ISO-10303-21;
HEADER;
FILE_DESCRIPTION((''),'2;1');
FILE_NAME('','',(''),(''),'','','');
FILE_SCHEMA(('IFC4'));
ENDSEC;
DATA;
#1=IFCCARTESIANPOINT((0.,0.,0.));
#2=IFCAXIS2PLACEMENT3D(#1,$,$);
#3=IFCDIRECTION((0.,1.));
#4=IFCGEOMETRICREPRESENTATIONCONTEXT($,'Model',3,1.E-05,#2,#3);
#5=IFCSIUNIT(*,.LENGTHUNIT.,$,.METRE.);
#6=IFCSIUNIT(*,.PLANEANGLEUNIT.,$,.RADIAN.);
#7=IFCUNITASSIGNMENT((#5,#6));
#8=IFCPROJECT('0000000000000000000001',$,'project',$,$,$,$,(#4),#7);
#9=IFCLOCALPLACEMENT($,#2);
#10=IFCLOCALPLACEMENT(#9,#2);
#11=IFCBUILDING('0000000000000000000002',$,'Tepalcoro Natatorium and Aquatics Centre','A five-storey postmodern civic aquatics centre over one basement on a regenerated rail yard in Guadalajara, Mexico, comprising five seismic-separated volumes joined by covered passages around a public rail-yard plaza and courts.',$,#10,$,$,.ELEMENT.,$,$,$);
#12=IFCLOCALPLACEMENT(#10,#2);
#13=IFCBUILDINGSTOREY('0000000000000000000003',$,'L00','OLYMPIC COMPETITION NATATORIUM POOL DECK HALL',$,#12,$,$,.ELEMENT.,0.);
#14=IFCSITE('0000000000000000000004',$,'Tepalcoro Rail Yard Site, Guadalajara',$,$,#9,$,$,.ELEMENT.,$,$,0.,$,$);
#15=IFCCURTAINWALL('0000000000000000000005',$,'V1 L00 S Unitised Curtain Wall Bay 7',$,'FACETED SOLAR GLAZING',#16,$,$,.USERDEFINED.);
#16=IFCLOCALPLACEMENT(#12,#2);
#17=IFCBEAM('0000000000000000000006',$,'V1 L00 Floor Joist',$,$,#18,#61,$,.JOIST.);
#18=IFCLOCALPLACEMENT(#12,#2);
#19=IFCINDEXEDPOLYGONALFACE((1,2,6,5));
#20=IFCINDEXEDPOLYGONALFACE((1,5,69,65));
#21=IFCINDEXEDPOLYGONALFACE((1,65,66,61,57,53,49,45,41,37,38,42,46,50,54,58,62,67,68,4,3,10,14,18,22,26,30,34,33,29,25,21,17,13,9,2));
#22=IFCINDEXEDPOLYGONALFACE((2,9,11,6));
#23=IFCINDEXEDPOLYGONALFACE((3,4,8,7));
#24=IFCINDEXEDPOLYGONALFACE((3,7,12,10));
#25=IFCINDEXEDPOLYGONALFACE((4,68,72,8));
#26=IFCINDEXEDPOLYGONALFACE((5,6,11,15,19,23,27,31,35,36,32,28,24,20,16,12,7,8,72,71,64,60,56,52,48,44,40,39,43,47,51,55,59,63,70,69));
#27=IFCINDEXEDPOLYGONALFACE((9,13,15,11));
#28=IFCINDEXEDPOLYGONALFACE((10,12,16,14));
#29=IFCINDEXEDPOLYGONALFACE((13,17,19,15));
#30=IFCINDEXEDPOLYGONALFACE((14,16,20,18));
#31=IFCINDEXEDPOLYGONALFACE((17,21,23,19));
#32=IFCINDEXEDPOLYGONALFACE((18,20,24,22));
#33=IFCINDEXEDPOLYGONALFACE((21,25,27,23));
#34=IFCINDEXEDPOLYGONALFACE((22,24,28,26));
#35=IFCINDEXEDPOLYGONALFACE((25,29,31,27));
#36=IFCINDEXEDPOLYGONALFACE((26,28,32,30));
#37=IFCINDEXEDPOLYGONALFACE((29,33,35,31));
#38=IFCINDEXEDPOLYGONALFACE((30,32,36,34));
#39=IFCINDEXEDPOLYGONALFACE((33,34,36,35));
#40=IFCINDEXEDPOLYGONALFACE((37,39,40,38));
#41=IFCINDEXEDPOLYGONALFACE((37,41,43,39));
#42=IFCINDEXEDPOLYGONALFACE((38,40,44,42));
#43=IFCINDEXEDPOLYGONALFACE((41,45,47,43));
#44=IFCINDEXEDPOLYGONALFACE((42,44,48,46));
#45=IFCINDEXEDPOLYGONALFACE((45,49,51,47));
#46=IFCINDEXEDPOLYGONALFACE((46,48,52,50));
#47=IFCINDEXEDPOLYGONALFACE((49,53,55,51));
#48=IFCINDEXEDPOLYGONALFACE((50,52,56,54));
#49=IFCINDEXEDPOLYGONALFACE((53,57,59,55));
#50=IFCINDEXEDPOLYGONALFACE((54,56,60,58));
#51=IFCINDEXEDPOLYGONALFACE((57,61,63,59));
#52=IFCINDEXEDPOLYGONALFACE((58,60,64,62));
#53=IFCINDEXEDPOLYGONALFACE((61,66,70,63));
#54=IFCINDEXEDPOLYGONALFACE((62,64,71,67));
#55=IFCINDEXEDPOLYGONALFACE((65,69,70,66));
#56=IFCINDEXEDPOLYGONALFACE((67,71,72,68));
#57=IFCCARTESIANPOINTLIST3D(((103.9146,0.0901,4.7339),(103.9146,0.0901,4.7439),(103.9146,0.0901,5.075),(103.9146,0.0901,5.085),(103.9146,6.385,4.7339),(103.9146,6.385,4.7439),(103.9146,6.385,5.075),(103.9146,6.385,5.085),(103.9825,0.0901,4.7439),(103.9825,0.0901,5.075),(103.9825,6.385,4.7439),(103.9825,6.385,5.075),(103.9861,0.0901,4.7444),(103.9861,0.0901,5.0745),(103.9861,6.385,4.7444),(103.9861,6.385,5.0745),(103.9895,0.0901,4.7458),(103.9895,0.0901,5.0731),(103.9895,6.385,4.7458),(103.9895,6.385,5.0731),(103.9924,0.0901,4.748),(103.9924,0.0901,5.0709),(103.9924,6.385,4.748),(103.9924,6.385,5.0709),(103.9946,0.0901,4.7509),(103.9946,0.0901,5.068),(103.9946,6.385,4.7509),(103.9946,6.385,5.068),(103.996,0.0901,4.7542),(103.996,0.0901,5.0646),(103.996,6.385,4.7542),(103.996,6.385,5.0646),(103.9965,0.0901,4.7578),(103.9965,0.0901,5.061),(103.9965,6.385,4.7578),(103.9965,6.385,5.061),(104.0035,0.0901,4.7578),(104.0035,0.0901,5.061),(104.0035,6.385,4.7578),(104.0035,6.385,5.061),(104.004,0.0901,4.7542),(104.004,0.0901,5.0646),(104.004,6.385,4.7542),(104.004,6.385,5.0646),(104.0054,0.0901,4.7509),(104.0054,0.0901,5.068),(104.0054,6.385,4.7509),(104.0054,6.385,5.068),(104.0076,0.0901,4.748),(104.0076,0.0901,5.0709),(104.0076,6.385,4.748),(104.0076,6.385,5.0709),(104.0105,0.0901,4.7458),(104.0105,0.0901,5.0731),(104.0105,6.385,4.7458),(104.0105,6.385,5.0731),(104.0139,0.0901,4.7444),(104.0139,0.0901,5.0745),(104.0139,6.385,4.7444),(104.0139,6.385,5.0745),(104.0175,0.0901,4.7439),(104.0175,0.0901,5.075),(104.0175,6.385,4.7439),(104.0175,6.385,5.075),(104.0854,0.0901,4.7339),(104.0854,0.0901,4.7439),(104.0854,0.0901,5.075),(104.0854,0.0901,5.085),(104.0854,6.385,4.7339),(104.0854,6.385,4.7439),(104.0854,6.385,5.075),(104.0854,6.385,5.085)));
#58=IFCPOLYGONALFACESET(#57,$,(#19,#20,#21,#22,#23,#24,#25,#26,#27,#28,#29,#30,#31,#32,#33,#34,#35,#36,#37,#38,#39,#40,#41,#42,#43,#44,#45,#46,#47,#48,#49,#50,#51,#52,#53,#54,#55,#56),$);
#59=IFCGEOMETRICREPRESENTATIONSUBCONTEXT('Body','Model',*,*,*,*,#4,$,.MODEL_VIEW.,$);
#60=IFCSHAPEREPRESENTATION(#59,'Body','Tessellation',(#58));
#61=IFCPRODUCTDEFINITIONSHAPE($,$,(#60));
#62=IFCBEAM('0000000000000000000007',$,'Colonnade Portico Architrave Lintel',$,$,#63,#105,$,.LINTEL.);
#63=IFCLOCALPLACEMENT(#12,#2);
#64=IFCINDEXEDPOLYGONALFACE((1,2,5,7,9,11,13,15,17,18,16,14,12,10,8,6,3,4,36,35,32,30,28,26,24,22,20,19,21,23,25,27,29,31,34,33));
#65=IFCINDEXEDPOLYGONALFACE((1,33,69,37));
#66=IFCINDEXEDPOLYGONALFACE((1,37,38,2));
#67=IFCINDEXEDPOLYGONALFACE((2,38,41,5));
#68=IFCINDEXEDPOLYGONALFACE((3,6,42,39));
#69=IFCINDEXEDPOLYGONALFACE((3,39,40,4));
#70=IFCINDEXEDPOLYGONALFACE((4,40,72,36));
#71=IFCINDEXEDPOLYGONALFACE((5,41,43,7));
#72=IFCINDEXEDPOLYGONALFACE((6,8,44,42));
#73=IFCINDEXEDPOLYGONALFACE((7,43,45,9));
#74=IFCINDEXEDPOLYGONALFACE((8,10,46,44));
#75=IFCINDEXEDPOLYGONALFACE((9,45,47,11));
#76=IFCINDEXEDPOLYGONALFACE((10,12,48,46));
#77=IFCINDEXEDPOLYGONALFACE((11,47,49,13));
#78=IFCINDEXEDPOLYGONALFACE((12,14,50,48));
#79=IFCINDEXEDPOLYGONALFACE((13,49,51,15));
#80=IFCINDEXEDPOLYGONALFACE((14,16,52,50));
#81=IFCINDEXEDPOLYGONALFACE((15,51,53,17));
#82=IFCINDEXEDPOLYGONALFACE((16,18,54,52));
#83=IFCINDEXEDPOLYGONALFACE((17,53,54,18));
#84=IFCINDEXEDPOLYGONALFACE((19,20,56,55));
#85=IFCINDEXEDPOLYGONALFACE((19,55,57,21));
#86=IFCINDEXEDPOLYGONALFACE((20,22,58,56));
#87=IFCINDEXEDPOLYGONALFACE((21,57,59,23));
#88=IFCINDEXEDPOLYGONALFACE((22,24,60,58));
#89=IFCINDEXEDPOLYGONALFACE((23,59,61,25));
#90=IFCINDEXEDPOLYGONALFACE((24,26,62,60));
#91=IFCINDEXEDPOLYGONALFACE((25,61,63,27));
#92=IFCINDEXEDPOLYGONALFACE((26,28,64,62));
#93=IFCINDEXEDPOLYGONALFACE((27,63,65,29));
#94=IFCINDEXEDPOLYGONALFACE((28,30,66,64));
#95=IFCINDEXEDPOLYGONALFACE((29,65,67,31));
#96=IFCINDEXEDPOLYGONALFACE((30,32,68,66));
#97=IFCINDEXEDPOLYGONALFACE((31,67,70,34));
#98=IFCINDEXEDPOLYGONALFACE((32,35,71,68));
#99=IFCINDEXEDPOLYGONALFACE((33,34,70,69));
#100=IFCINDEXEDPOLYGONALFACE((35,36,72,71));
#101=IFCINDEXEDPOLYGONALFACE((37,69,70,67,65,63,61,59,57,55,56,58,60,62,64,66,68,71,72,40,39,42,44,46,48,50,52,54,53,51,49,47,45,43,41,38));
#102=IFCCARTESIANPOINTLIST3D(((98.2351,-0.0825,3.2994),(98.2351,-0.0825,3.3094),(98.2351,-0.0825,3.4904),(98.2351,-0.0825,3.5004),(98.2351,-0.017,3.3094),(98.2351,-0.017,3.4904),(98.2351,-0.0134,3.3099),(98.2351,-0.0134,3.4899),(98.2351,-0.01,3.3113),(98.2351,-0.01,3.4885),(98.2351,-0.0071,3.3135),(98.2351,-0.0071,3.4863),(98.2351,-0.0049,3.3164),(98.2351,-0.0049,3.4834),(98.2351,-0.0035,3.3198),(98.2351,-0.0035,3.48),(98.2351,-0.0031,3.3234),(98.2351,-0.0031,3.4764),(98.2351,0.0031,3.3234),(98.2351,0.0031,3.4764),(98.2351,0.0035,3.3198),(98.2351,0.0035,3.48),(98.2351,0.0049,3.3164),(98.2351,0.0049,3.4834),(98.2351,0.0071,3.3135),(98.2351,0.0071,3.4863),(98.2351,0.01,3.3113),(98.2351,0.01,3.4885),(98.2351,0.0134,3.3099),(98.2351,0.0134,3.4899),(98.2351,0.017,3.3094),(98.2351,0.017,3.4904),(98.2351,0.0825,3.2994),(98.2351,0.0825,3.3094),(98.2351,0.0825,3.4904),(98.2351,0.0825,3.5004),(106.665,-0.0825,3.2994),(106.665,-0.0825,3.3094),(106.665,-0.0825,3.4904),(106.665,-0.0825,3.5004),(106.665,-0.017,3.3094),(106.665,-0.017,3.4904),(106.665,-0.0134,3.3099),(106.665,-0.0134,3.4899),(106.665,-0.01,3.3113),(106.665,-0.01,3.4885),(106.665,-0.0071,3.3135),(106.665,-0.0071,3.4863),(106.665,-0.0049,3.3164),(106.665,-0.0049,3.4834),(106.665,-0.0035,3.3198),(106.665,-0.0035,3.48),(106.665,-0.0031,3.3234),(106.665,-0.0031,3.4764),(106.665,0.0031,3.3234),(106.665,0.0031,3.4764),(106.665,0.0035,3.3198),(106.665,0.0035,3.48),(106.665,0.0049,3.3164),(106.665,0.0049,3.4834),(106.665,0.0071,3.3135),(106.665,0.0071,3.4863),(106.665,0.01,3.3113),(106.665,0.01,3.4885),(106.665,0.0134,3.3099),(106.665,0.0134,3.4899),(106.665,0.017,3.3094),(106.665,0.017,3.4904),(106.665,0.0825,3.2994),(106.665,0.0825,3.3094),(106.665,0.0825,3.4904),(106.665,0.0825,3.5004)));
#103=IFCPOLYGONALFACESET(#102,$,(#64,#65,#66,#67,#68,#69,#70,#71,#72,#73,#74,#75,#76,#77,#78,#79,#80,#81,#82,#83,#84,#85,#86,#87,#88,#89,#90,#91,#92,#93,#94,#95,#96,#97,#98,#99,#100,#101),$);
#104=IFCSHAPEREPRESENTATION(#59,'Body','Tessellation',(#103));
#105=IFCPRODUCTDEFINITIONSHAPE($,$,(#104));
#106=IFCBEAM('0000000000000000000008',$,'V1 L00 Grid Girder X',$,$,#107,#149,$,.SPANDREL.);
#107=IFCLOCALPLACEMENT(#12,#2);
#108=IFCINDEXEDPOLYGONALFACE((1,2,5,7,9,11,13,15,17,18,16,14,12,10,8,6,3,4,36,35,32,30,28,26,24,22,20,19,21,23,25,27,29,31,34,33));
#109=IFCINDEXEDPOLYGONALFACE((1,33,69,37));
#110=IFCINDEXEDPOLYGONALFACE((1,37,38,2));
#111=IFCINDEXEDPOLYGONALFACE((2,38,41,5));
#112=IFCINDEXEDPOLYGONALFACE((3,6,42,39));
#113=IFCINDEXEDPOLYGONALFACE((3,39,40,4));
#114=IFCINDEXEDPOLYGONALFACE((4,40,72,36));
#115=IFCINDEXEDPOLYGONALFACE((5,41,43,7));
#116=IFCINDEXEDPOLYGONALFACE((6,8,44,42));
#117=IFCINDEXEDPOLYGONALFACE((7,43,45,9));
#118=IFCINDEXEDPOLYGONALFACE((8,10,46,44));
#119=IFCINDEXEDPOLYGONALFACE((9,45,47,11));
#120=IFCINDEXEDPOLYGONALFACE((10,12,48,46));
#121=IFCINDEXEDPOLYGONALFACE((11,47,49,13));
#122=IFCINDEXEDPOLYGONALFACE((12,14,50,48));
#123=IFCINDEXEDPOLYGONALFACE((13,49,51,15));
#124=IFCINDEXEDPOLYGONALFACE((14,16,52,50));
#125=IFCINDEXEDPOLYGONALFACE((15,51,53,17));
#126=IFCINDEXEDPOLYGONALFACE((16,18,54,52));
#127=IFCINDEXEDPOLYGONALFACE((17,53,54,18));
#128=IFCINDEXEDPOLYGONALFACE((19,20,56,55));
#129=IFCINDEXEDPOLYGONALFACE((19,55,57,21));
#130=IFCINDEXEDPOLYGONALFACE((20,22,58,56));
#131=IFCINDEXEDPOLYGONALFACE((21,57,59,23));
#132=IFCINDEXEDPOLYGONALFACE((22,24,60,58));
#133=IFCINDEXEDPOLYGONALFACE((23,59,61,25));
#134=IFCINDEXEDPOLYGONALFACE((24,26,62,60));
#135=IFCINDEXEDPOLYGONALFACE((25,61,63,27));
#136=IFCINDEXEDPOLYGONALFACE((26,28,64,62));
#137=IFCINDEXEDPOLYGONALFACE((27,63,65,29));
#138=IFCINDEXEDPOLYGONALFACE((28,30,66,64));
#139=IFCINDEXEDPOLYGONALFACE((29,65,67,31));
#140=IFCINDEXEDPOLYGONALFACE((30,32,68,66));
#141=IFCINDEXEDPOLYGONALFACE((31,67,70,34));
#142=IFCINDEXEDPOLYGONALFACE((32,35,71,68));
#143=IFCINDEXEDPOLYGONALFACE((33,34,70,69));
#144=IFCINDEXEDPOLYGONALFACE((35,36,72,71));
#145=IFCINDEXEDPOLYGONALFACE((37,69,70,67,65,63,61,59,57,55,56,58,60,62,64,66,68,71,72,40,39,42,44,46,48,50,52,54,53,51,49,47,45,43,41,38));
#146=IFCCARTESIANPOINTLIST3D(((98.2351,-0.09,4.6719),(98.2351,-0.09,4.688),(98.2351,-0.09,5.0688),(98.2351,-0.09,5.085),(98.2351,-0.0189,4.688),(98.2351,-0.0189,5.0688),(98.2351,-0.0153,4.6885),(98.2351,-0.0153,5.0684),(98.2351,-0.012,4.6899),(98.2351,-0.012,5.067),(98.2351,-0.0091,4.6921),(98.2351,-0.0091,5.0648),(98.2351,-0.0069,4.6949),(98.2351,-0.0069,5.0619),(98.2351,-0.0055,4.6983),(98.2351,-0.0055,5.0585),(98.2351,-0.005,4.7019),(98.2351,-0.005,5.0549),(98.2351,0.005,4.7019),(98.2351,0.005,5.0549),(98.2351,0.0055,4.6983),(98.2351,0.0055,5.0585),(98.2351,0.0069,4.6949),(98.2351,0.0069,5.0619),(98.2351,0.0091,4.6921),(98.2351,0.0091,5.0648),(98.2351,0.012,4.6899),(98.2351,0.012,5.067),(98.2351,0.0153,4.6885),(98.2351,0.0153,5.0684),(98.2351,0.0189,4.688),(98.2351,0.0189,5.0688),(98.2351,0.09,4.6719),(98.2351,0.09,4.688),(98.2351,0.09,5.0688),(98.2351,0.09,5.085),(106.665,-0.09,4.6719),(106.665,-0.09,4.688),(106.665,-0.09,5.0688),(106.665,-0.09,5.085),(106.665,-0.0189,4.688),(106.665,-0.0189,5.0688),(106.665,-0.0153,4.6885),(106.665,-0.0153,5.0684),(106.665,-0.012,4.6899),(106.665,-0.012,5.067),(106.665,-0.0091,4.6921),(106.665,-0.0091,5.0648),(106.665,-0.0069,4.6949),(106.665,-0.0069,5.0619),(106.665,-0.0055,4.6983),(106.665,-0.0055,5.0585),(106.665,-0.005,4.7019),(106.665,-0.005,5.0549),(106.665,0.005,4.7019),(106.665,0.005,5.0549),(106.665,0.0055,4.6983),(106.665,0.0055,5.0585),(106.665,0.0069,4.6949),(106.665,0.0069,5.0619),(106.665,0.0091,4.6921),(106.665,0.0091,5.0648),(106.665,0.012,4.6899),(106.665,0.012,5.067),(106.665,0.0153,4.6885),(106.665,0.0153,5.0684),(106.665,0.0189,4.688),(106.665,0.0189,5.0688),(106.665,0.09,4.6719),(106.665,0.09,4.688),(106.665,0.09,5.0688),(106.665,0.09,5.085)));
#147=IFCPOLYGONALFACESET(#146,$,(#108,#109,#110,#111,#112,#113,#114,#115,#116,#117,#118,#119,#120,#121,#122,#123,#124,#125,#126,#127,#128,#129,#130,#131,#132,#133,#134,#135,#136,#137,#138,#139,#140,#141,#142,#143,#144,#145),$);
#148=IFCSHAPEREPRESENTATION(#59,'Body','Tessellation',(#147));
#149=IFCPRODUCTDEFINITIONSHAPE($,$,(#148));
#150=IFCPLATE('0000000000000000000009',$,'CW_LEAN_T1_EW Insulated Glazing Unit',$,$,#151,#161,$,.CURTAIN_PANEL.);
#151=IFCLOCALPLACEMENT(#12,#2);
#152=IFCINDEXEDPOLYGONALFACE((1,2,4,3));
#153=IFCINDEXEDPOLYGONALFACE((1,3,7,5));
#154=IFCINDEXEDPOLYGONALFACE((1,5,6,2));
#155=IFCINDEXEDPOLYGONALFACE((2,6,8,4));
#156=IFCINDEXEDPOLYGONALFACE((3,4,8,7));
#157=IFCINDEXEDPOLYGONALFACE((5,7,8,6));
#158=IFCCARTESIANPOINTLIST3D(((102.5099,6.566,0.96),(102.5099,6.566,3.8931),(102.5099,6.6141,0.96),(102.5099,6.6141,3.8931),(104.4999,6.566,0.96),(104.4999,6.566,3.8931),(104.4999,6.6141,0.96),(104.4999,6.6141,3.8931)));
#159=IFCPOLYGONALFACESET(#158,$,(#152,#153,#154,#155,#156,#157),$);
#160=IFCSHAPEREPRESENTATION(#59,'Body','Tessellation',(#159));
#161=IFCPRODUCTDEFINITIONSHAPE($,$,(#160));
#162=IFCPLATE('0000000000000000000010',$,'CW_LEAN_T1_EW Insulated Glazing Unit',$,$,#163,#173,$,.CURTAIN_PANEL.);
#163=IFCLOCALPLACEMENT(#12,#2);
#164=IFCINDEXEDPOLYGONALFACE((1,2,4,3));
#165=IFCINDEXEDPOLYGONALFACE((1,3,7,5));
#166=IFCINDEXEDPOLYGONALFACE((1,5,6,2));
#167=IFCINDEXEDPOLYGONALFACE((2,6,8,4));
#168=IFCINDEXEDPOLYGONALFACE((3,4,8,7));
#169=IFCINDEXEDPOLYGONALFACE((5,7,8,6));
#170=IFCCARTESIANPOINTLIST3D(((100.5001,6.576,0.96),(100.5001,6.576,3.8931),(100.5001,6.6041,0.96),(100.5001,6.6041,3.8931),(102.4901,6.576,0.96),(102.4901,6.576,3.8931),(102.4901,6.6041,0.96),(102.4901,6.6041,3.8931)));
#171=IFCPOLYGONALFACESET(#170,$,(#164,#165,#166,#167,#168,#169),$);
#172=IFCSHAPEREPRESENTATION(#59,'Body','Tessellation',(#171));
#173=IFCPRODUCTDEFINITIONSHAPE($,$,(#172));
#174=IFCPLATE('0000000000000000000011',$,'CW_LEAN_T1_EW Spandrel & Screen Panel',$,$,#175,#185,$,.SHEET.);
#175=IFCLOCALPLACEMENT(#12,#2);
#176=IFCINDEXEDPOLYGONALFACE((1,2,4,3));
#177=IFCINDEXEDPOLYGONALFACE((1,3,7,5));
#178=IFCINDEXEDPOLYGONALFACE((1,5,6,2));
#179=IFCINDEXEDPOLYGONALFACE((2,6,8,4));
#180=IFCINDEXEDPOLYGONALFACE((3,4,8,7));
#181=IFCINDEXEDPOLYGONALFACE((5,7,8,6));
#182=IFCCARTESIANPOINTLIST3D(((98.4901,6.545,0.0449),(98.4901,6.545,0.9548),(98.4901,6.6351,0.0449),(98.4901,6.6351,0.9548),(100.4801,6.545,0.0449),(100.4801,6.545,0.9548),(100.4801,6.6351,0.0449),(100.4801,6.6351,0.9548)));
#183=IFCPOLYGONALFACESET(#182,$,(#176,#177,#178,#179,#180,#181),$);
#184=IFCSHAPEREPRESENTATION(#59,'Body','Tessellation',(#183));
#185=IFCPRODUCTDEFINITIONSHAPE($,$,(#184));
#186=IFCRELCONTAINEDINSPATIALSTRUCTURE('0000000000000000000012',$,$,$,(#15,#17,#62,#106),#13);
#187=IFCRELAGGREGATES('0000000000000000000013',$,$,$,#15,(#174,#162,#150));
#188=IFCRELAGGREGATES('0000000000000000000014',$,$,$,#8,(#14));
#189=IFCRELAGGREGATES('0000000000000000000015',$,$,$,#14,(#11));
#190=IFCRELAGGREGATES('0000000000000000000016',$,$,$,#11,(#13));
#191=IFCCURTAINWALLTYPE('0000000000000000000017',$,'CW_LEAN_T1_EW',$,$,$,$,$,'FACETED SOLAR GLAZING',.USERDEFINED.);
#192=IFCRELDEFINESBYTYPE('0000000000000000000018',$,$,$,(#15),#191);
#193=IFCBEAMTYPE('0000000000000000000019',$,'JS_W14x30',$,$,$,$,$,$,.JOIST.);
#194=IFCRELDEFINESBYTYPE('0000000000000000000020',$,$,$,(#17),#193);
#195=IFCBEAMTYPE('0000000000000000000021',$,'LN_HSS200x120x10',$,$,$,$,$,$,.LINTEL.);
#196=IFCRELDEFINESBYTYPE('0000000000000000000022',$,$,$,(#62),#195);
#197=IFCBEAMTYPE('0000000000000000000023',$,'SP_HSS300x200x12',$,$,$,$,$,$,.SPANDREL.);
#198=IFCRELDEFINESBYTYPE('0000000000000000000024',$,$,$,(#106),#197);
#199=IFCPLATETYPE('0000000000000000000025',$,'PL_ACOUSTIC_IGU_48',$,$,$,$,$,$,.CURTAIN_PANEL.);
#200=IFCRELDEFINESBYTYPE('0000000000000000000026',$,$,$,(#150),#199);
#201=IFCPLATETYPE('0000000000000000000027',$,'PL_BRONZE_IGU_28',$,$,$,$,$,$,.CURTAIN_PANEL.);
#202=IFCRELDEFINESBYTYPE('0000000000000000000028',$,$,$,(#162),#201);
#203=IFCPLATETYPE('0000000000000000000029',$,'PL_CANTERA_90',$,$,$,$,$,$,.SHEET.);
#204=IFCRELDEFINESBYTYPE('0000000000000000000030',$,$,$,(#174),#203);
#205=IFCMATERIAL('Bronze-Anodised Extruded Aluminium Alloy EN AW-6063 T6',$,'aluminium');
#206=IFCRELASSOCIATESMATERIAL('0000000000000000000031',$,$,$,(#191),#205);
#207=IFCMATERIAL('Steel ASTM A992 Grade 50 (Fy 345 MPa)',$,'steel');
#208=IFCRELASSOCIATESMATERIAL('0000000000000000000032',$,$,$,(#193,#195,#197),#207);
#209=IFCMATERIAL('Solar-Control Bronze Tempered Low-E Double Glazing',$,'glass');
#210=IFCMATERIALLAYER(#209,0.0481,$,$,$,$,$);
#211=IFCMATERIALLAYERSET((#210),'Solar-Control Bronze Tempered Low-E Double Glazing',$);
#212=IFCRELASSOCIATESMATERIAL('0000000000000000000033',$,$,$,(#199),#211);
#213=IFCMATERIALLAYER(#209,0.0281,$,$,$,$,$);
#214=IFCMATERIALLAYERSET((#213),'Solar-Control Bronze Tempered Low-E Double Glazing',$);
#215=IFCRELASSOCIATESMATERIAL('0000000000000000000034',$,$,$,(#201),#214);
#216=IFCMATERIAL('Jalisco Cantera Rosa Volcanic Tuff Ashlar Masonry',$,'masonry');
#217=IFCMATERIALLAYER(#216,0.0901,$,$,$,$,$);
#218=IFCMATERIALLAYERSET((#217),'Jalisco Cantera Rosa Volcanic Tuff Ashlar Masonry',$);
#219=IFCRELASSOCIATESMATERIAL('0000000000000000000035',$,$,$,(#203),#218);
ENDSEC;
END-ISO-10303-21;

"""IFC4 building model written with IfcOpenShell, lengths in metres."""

from ifc_helpers import new_model, si_unit, direction, frame, origin, origin_2d, place, context, subcontext, project, spatial, rectangle, i_section, extrude, material, layer, layer_set, material_profile, profile_set, type_object, element, aggregate, save


model = new_model("IFC4")

# Units and contexts
model_context = context("Model", 3, precision=1e-05, world=origin(), true_north=direction((0.0, 1.0)))
body_context = subcontext(model_context, "Body", "Model", "MODEL_VIEW")
ifc_project = project(units=[si_unit("LENGTHUNIT", "METRE"), si_unit("PLANEANGLEUNIT", "RADIAN")], contexts=[model_context])

# Site, building, storey
site_placement = place(None, origin())
site = spatial("IfcSite", under=ifc_project, at=site_placement, Name="Tepalcoro Rail Yard Site, Guadalajara", CompositionType="ELEMENT", RefElevation=0.0)
building_placement = place(site_placement, origin())
building = spatial("IfcBuilding", under=site, at=building_placement, Name="Tepalcoro Natatorium and Aquatics Centre", Description="A five-storey postmodern civic aquatics centre over one basement on a regenerated rail yard in Guadalajara, Mexico, comprising five seismic-separated volumes joined by covered passages around a public rail-yard plaza and courts.", CompositionType="ELEMENT")
storey_placement = place(building_placement, origin())
storey = spatial("IfcBuildingStorey", under=building, at=storey_placement, Name="L00", Description="OLYMPIC COMPETITION NATATORIUM POOL DECK HALL", CompositionType="ELEMENT", Elevation=0.0)

# Shared definitions
ifc_material_1 = material(Name="Steel ASTM A992 Grade 50 (Fy 345 MPa)", Category="steel")

# Curtain wall
ifc_material_2 = material(Name="Bronze-Anodised Extruded Aluminium Alloy EN AW-6063 T6", Category="aluminium")
curtain_wall_type = type_object("IfcCurtainWallType", Name="CW_LEAN_T1_EW", ElementType="FACETED SOLAR GLAZING", PredefinedType="USERDEFINED", material=ifc_material_2)
curtain_wall_placement = place(storey_placement, origin())
curtain_wall = element("IfcCurtainWall", 1, at=curtain_wall_placement, inside=storey, type_object=curtain_wall_type, Name="V1 L00 S Unitised Curtain Wall Bay 7", ObjectType="FACETED SOLAR GLAZING", PredefinedType="USERDEFINED")

# Beams
ifc_material_profile_1 = material_profile(ifc_material_1, i_section(OverallWidth=0.1709, OverallDepth=0.3511, WebThickness=0.0071, FlangeThickness=0.01, FilletRadius=0.0139, at=origin_2d()), Name="W14X30")
ifc_profile_set_1 = profile_set([ifc_material_profile_1], Name="Steel ASTM A992 Grade 50 (Fy 345 MPa)")
beam_type_1 = type_object("IfcBeamType", Name="JS_W14x30", PredefinedType="JOIST", material=ifc_profile_set_1)
beam_1_placement = place(storey_placement, frame((104.0, 0.0901, 4.9094), z_axis=(0.0, 1.0, 0.0), x_axis=(-1.0, 0.0, 0.0)))
element("IfcBeam", 2, at=beam_1_placement, inside=storey, type_object=beam_type_1, Name="V1 L00 Floor Joist", PredefinedType="JOIST", context=body_context, shape_type="SweptSolid", body=[
    extrude(i_section(OverallWidth=0.1709, OverallDepth=0.3511, WebThickness=0.0071, FlangeThickness=0.01, FilletRadius=0.0139, at=origin_2d()), origin(), (0.0, 0.0, 1.0), 6.2949),
])
ifc_material_profile_2 = material_profile(ifc_material_1, i_section(OverallWidth=0.165, OverallDepth=0.2009, WebThickness=0.0061, FlangeThickness=0.01, FilletRadius=0.0139, at=origin_2d()), Name="W8X24")
ifc_profile_set_2 = profile_set([ifc_material_profile_2], Name="Steel ASTM A992 Grade 50 (Fy 345 MPa)")
beam_type_2 = type_object("IfcBeamType", Name="LN_HSS200x120x10", PredefinedType="LINTEL", material=ifc_profile_set_2)
beam_2_placement = place(storey_placement, frame((98.2351, 0.0, 3.3999), z_axis=(1.0, 0.0, 0.0), x_axis=(0.0, 1.0, 0.0)))
element("IfcBeam", 3, at=beam_2_placement, inside=storey, type_object=beam_type_2, Name="Colonnade Portico Architrave Lintel", PredefinedType="LINTEL", context=body_context, shape_type="SweptSolid", body=[
    extrude(i_section(OverallWidth=0.165, OverallDepth=0.2009, WebThickness=0.0061, FlangeThickness=0.01, FilletRadius=0.0139, at=origin_2d()), origin(), (0.0, 0.0, 1.0), 8.4299),
])
ifc_material_profile_3 = material_profile(ifc_material_1, i_section(OverallWidth=0.1799, OverallDepth=0.4131, WebThickness=0.01, FlangeThickness=0.0161, FilletRadius=0.0139, at=origin_2d()), Name="W16X50")
ifc_profile_set_3 = profile_set([ifc_material_profile_3], Name="Steel ASTM A992 Grade 50 (Fy 345 MPa)")
beam_type_3 = type_object("IfcBeamType", Name="SP_HSS300x200x12", PredefinedType="SPANDREL", material=ifc_profile_set_3)
beam_3_placement = place(storey_placement, frame((98.2351, 0.0, 4.8784), z_axis=(1.0, 0.0, 0.0), x_axis=(0.0, 1.0, 0.0)))
element("IfcBeam", 4, at=beam_3_placement, inside=storey, type_object=beam_type_3, Name="V1 L00 Grid Girder X", PredefinedType="SPANDREL", context=body_context, shape_type="SweptSolid", body=[
    extrude(i_section(OverallWidth=0.1799, OverallDepth=0.4131, WebThickness=0.01, FlangeThickness=0.0161, FilletRadius=0.0139, at=origin_2d()), origin(), (0.0, 0.0, 1.0), 8.4299),
])

# Plates
ifc_material_3 = material(Name="Solar-Control Bronze Tempered Low-E Double Glazing", Category="glass")
ifc_layer_1 = layer(ifc_material_3, 0.0481)
ifc_layer_set_1 = layer_set([ifc_layer_1], Name="Solar-Control Bronze Tempered Low-E Double Glazing")
plate_type_1 = type_object("IfcPlateType", Name="PL_ACOUSTIC_IGU_48", PredefinedType="CURTAIN_PANEL", material=ifc_layer_set_1)
plate_1_placement = place(storey_placement, frame((103.5049, 6.5901, 0.96), z_axis=(0.0, 0.0, 1.0), x_axis=(1.0, 0.0, 0.0)))
plate_1 = element("IfcPlate", 5, at=plate_1_placement, type_object=plate_type_1, Name="CW_LEAN_T1_EW Insulated Glazing Unit", PredefinedType="CURTAIN_PANEL", context=body_context, shape_type="SweptSolid", body=[
    extrude(rectangle(XDim=1.99, YDim=0.0481, at=origin_2d()), origin(), (0.0, 0.0, 1.0), 2.9331),
])
ifc_layer_2 = layer(ifc_material_3, 0.0281)
ifc_layer_set_2 = layer_set([ifc_layer_2], Name="Solar-Control Bronze Tempered Low-E Double Glazing")
plate_type_2 = type_object("IfcPlateType", Name="PL_BRONZE_IGU_28", PredefinedType="CURTAIN_PANEL", material=ifc_layer_set_2)
plate_2_placement = place(storey_placement, frame((101.4951, 6.5901, 0.96), z_axis=(0.0, 0.0, 1.0), x_axis=(1.0, 0.0, 0.0)))
plate_2 = element("IfcPlate", 6, at=plate_2_placement, type_object=plate_type_2, Name="CW_LEAN_T1_EW Insulated Glazing Unit", PredefinedType="CURTAIN_PANEL", context=body_context, shape_type="SweptSolid", body=[
    extrude(rectangle(XDim=1.99, YDim=0.0281, at=origin_2d()), origin(), (0.0, 0.0, 1.0), 2.9331),
])
ifc_material_4 = material(Name="Jalisco Cantera Rosa Volcanic Tuff Ashlar Masonry", Category="masonry")
ifc_layer_3 = layer(ifc_material_4, 0.0901)
ifc_layer_set_3 = layer_set([ifc_layer_3], Name="Jalisco Cantera Rosa Volcanic Tuff Ashlar Masonry")
plate_type_3 = type_object("IfcPlateType", Name="PL_CANTERA_90", PredefinedType="SHEET", material=ifc_layer_set_3)
plate_3_placement = place(storey_placement, frame((99.4851, 6.5901, 0.0449), z_axis=(0.0, 0.0, 1.0), x_axis=(1.0, 0.0, 0.0)))
plate_3 = element("IfcPlate", 7, at=plate_3_placement, type_object=plate_type_3, Name="CW_LEAN_T1_EW Spandrel & Screen Panel", PredefinedType="SHEET", context=body_context, shape_type="SweptSolid", body=[
    extrude(rectangle(XDim=1.99, YDim=0.0901, at=origin_2d()), origin(), (0.0, 0.0, 1.0), 0.9099),
])
aggregate(curtain_wall, [plate_3, plate_2, plate_1])

save(model, "model.ifc")
